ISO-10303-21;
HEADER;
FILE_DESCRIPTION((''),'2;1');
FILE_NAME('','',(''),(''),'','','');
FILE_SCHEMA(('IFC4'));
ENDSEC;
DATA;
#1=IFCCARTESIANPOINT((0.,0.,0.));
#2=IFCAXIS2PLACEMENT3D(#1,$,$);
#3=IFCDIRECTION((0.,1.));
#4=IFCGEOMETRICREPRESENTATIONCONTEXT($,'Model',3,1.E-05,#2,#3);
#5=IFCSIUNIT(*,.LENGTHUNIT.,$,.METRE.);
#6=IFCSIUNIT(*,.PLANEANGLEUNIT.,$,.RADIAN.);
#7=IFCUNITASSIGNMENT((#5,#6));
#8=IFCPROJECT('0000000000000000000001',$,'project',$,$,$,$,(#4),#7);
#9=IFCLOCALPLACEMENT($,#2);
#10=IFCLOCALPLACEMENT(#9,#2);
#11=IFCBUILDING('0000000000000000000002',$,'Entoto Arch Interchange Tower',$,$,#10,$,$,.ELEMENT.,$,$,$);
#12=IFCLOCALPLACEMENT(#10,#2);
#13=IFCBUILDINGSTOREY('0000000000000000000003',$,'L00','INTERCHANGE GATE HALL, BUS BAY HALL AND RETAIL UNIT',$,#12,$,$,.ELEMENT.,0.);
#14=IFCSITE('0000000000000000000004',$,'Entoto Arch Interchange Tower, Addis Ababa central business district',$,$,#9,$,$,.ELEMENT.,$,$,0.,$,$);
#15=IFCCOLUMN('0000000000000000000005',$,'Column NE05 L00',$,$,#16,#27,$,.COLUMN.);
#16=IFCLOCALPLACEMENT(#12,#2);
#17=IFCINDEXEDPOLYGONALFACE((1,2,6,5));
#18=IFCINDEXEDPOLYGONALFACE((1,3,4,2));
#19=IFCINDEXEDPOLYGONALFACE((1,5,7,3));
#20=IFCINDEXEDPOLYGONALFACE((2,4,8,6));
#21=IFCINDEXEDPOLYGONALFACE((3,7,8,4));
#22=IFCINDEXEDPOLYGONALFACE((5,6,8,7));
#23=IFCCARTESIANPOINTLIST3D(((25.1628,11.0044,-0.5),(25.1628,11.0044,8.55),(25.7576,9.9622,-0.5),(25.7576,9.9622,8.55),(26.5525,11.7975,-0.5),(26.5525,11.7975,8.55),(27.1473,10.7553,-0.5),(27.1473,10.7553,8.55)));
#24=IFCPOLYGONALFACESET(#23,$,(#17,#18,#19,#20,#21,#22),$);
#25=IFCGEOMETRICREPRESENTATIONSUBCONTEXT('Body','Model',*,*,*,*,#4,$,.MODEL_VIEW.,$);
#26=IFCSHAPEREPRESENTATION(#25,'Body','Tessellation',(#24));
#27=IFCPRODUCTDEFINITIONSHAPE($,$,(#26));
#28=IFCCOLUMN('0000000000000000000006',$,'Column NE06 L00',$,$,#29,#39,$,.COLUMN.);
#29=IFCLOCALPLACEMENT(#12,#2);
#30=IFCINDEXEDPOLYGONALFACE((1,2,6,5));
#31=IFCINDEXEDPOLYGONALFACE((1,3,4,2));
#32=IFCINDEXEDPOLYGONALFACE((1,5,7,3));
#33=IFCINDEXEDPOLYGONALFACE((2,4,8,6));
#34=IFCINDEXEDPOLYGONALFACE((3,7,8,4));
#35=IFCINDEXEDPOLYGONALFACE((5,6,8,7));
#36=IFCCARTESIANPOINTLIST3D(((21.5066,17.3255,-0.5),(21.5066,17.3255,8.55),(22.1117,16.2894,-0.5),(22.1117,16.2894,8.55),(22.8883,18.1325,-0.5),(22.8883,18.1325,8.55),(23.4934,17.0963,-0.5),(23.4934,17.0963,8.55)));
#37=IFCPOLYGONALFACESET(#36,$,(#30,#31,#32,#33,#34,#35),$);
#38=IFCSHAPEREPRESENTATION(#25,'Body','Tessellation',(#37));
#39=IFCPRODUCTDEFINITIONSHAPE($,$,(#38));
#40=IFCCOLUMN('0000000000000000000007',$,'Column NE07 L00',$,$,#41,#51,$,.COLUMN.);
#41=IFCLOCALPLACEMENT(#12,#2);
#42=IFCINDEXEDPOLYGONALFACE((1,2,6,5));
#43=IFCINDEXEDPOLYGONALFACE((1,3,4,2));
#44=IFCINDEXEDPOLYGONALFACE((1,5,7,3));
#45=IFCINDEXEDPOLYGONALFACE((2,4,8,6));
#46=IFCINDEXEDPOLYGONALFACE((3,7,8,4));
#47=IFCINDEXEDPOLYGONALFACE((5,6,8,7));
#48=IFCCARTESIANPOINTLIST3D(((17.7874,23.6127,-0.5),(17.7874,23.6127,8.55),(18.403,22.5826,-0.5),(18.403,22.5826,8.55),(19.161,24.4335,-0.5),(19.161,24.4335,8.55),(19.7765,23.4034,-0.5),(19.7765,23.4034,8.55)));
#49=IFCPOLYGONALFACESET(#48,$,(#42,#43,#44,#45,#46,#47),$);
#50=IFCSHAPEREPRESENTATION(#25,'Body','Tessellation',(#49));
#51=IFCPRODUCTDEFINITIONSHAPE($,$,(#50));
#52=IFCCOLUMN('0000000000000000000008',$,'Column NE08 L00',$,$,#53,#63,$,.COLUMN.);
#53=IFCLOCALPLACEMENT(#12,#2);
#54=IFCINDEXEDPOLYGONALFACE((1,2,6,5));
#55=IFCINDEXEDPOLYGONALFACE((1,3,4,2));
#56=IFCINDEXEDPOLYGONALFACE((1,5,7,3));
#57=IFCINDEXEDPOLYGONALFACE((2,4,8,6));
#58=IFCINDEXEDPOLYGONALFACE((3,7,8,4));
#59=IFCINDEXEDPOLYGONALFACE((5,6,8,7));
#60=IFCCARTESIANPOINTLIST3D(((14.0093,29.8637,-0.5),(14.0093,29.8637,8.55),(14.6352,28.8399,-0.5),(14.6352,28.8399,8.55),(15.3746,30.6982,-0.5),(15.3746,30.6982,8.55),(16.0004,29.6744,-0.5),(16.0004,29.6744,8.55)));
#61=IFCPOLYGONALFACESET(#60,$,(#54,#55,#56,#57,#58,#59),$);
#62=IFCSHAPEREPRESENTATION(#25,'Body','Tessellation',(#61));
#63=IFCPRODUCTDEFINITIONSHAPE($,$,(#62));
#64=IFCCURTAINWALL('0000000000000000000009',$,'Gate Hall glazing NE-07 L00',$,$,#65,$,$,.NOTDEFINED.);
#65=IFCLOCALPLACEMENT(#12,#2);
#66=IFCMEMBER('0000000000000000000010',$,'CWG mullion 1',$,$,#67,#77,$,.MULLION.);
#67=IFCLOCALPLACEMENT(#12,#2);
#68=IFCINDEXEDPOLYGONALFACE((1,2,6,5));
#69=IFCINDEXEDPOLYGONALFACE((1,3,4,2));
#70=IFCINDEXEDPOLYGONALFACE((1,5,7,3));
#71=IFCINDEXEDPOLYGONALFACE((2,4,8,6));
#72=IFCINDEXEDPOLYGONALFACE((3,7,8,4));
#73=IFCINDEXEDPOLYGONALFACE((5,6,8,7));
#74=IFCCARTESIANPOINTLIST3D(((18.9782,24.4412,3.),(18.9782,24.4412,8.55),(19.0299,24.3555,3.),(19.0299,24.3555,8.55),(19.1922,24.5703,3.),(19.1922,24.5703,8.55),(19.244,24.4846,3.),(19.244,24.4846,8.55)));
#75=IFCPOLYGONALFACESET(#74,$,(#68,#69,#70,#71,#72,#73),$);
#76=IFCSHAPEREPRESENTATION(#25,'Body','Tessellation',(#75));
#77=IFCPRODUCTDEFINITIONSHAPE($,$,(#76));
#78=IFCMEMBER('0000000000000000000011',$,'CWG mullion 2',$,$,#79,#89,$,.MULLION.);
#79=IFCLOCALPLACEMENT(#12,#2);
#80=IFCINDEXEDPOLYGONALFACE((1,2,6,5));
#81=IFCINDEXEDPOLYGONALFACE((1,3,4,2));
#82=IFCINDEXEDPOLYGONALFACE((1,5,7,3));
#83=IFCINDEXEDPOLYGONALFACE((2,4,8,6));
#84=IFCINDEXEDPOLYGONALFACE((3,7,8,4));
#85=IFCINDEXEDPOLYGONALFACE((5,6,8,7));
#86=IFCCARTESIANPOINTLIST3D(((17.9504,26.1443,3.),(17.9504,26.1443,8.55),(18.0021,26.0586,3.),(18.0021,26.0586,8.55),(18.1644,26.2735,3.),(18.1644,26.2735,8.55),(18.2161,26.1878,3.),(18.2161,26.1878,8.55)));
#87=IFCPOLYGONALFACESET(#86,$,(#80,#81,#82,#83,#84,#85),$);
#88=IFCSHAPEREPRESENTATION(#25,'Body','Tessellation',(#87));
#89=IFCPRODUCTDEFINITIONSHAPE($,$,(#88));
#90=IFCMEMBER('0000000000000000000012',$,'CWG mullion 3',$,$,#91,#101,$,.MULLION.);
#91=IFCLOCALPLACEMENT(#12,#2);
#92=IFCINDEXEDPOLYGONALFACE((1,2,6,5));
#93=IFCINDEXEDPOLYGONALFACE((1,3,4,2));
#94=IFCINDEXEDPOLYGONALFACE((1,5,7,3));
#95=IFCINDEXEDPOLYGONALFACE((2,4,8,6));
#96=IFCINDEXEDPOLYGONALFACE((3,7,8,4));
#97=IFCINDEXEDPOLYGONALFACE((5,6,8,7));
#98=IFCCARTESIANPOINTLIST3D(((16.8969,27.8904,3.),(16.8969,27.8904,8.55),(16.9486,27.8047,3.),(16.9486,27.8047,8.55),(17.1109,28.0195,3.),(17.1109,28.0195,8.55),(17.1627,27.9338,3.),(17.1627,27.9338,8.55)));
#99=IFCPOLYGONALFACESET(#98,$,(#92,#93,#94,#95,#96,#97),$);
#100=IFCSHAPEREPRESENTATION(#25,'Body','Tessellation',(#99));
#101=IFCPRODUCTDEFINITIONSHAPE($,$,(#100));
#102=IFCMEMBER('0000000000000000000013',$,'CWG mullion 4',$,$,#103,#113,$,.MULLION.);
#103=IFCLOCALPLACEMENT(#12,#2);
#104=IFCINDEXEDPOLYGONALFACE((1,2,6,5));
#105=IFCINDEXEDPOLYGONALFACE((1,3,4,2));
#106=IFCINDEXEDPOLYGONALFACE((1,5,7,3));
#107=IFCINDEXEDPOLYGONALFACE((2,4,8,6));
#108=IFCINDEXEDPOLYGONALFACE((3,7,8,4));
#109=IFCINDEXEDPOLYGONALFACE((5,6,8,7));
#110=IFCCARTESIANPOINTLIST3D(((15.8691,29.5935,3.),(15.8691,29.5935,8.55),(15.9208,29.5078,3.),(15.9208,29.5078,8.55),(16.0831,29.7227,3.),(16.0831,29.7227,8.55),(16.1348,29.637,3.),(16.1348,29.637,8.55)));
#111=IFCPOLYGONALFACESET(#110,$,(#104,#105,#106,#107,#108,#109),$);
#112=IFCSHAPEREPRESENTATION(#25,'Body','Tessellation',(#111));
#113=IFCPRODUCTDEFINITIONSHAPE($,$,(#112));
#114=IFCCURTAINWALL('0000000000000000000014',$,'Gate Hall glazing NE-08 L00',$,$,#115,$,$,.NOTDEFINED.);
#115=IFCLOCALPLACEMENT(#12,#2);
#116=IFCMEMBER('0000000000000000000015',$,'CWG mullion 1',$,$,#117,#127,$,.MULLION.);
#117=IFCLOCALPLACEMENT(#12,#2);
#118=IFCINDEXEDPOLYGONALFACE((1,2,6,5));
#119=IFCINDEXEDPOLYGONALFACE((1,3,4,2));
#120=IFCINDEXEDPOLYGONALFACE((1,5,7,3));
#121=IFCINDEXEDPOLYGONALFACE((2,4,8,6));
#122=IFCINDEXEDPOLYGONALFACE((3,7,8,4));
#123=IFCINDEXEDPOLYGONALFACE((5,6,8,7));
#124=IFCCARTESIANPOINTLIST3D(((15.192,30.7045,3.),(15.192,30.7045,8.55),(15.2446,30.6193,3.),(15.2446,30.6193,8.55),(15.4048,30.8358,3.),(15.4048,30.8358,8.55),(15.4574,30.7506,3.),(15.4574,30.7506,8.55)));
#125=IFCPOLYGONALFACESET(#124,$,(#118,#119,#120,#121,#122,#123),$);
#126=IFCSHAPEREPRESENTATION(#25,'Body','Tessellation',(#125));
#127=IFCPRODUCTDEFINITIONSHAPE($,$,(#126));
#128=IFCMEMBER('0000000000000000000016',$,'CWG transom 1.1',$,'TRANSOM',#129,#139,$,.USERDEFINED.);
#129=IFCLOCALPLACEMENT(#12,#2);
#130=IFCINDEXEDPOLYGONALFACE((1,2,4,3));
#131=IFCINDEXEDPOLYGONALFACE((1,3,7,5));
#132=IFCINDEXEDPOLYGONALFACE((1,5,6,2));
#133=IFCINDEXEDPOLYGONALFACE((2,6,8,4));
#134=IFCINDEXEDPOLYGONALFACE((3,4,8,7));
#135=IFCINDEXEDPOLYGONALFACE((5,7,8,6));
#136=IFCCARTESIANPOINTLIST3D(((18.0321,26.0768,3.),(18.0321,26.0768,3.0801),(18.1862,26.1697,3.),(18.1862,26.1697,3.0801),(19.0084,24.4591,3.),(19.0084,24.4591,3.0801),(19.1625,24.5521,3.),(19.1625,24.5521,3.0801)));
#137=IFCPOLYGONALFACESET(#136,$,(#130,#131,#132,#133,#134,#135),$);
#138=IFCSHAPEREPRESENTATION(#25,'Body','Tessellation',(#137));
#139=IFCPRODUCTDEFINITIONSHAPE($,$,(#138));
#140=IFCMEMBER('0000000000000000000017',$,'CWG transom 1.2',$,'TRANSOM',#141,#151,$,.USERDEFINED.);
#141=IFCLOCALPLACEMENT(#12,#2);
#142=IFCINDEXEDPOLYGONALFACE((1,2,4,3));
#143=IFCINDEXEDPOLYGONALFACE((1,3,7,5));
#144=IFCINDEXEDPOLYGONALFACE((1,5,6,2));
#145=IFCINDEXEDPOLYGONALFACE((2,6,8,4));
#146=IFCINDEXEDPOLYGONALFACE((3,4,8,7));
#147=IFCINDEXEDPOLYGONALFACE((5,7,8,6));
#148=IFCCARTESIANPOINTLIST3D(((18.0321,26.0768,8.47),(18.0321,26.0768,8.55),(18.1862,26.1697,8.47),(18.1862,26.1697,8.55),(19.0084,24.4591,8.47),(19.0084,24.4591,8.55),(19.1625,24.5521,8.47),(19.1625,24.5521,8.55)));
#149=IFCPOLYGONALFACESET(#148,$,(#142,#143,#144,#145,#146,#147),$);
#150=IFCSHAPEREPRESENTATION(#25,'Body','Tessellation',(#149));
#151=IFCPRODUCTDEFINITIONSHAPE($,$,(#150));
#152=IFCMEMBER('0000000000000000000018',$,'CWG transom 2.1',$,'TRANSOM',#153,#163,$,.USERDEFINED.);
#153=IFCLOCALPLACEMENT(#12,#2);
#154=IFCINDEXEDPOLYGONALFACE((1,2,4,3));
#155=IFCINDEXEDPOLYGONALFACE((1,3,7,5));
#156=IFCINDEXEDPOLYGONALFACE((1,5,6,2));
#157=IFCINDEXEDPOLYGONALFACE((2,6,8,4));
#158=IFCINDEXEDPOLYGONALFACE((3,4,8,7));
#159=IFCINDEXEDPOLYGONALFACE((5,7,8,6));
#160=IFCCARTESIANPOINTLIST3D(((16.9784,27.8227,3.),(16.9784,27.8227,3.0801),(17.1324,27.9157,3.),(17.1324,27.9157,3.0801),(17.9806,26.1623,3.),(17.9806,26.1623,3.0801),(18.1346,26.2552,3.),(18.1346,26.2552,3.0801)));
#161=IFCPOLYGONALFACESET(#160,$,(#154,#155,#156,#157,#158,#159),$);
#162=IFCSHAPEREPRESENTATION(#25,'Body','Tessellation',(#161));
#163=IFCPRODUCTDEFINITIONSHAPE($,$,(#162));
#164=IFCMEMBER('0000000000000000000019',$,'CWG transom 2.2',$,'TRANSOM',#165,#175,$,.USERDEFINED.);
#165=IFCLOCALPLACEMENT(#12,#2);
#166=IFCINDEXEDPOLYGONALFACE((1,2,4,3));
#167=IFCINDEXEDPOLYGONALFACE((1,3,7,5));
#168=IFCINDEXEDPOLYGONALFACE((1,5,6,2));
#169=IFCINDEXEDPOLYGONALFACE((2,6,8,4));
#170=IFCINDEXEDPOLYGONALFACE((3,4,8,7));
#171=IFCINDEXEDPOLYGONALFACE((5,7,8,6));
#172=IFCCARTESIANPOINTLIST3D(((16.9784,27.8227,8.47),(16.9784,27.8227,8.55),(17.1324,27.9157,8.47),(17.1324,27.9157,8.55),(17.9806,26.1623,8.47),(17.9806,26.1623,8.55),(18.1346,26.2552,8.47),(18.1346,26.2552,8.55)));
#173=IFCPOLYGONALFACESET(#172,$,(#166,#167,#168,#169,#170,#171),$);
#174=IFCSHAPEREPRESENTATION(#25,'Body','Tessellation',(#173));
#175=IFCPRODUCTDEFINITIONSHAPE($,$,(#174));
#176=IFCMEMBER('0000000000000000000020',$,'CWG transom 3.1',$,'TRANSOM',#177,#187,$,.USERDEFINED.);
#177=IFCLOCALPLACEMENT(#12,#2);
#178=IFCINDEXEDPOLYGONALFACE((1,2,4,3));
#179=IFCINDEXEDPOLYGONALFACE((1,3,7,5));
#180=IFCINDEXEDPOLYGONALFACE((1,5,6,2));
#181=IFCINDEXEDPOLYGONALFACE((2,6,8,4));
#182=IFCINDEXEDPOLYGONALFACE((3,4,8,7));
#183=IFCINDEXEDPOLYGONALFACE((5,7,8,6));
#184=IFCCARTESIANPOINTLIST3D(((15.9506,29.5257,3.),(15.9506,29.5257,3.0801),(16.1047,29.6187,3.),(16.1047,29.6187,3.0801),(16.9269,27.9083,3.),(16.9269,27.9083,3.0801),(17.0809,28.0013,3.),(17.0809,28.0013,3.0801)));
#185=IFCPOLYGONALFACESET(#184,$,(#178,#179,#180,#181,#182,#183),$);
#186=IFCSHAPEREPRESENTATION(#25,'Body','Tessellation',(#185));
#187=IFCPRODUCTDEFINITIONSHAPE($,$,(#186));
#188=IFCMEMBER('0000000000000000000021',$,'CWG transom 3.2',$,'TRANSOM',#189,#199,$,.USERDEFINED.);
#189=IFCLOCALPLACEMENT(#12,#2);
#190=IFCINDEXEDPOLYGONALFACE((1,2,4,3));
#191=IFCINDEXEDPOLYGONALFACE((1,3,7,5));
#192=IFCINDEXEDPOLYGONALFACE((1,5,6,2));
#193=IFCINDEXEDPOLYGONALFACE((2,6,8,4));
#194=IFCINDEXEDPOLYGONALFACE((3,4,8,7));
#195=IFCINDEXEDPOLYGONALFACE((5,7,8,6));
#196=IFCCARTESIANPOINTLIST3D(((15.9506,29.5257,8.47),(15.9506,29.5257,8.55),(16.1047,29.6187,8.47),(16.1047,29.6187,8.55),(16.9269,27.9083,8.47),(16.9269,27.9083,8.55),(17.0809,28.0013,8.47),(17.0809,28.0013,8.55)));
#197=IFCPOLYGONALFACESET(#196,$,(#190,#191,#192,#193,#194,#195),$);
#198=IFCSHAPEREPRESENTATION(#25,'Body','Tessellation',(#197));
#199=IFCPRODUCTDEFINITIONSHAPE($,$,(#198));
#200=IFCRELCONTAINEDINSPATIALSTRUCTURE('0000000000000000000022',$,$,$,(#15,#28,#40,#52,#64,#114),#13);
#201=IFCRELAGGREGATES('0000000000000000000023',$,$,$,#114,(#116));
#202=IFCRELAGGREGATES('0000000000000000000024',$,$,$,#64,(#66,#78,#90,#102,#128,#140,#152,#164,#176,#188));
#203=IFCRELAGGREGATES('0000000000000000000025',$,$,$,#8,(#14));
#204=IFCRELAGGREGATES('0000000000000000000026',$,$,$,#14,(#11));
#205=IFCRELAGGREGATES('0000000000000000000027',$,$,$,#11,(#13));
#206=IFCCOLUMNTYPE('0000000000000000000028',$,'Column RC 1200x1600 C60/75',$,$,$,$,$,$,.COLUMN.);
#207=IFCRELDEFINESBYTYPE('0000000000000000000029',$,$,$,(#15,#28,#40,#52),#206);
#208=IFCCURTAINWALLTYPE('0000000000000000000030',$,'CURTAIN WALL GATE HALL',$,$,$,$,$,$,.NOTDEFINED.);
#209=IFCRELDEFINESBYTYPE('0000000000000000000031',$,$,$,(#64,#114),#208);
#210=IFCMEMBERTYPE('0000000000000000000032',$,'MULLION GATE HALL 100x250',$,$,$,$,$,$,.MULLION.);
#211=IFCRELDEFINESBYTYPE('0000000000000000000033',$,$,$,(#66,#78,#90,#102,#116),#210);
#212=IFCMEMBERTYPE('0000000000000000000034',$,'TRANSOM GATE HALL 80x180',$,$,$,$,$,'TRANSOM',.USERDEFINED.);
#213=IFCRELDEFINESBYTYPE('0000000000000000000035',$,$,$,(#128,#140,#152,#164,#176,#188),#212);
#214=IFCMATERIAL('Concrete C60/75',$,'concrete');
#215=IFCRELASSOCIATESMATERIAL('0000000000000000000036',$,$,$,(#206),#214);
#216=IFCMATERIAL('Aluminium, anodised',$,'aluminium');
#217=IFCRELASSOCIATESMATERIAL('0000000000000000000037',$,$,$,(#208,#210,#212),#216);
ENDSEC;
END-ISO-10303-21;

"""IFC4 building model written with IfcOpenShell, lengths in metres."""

from ifc_helpers import new_model, si_unit, direction, frame, origin, origin_2d, place, context, subcontext, project, spatial, rectangle, extrude, material, material_profile, profile_set, type_object, element, aggregate, save


model = new_model("IFC4")

# Units and contexts
model_context = context("Model", 3, precision=1e-05, world=origin(), true_north=direction((0.0, 1.0)))
body_context = subcontext(model_context, "Body", "Model", "MODEL_VIEW")
ifc_project = project(units=[si_unit("LENGTHUNIT", "METRE"), si_unit("PLANEANGLEUNIT", "RADIAN")], contexts=[model_context])

# Site, building, storey
site_placement = place(None, origin())
site = spatial("IfcSite", under=ifc_project, at=site_placement, Name="Entoto Arch Interchange Tower, Addis Ababa central business district", CompositionType="ELEMENT", RefElevation=0.0)
building_placement = place(site_placement, origin())
building = spatial("IfcBuilding", under=site, at=building_placement, Name="Entoto Arch Interchange Tower", CompositionType="ELEMENT")
storey_placement = place(building_placement, origin())
storey = spatial("IfcBuildingStorey", under=building, at=storey_placement, Name="L00", Description="INTERCHANGE GATE HALL, BUS BAY HALL AND RETAIL UNIT", CompositionType="ELEMENT", Elevation=0.0)

# Columns
ifc_material_1 = material(Name="Concrete C60/75", Category="concrete")
ifc_material_profile_1 = material_profile(ifc_material_1, rectangle(XDim=1.2, YDim=1.6001, at=origin_2d()))
ifc_profile_set_1 = profile_set([ifc_material_profile_1], Name="Concrete C60/75")
column_type = type_object("IfcColumnType", Name="Column RC 1200x1600 C60/75", PredefinedType="COLUMN", material=ifc_profile_set_1)
for number, where, z_axis, x_axis, name in (
    (1, (26.155, 10.8799, -0.5), (0.0, 0.0, 1.0), (-0.495656, 0.868519, 0.0), "Column NE05 L00"),
    (2, (22.5, 17.2109, -0.5), (0.0, 0.0, 1.0), (-0.504332, 0.86351, 0.0), "Column NE06 L00"),
    (3, (18.782, 23.5081, -0.5), (0.0, 0.0, 1.0), (-0.512972, 0.858405, 0.0), "Column NE07 L00"),
    (4, (15.0049, 29.769, -0.5), (0.0, 0.0, 1.0), (-0.521546, 0.853223, 0.0), "Column NE08 L00"),
):
    element("IfcColumn", number, at=place(storey_placement, frame(where, z_axis=z_axis, x_axis=x_axis)), inside=storey, type_object=column_type, Name=name, PredefinedType="COLUMN", context=body_context, shape_type="SweptSolid", body=[
        extrude(rectangle(XDim=1.2, YDim=1.6001, at=origin_2d()), origin(), (0.0, 0.0, 1.0), 9.05),
    ])

# Curtain wall, members
ifc_material_2 = material(Name="Aluminium, anodised", Category="aluminium")
curtain_wall_type = type_object("IfcCurtainWallType", Name="CURTAIN WALL GATE HALL", PredefinedType="NOTDEFINED", material=ifc_material_2)
curtain_wall_1_placement = place(storey_placement, origin())
curtain_wall_1 = element("IfcCurtainWall", 5, at=curtain_wall_1_placement, inside=storey, type_object=curtain_wall_type, Name="Gate Hall glazing NE-07 L00", PredefinedType="NOTDEFINED")
ifc_material_profile_2 = material_profile(ifc_material_2, rectangle(XDim=0.25, YDim=0.1001, at=origin_2d()))
ifc_profile_set_2 = profile_set([ifc_material_profile_2], Name="Aluminium, anodised")
member_type_1 = type_object("IfcMemberType", Name="MULLION GATE HALL 100x250", PredefinedType="MULLION", material=ifc_profile_set_2)
member_1_placement = place(storey_placement, frame((19.1111, 24.4629, 3.0), z_axis=(0.0, 0.0, 1.0), x_axis=(-0.856178, -0.516681, 0.0)))
member_1 = element("IfcMember", 6, at=member_1_placement, type_object=member_type_1, Name="CWG mullion 1", PredefinedType="MULLION", context=body_context, shape_type="SweptSolid", body=[
    extrude(rectangle(XDim=0.25, YDim=0.1001, at=origin_2d()), origin(), (0.0, 0.0, 1.0), 5.55),
])
member_2_placement = place(storey_placement, frame((18.0833, 26.166, 3.0), z_axis=(0.0, 0.0, 1.0), x_axis=(-0.856178, -0.516681, 0.0)))
member_2 = element("IfcMember", 7, at=member_2_placement, type_object=member_type_1, Name="CWG mullion 2", PredefinedType="MULLION", context=body_context, shape_type="SweptSolid", body=[
    extrude(rectangle(XDim=0.25, YDim=0.1001, at=origin_2d()), origin(), (0.0, 0.0, 1.0), 5.55),
])
member_3_placement = place(storey_placement, frame((17.0298, 27.9121, 3.0), z_axis=(0.0, 0.0, 1.0), x_axis=(-0.856178, -0.516681, 0.0)))
member_3 = element("IfcMember", 8, at=member_3_placement, type_object=member_type_1, Name="CWG mullion 3", PredefinedType="MULLION", context=body_context, shape_type="SweptSolid", body=[
    extrude(rectangle(XDim=0.25, YDim=0.1001, at=origin_2d()), origin(), (0.0, 0.0, 1.0), 5.55),
])
member_4_placement = place(storey_placement, frame((16.002, 29.6152, 3.0), z_axis=(0.0, 0.0, 1.0), x_axis=(-0.856178, -0.516681, 0.0)))
member_4 = element("IfcMember", 9, at=member_4_placement, type_object=member_type_1, Name="CWG mullion 4", PredefinedType="MULLION", context=body_context, shape_type="SweptSolid", body=[
    extrude(rectangle(XDim=0.25, YDim=0.1001, at=origin_2d()), origin(), (0.0, 0.0, 1.0), 5.55),
])

# Curtain wall, member
curtain_wall_2_placement = place(storey_placement, origin())
curtain_wall_2 = element("IfcCurtainWall", 10, at=curtain_wall_2_placement, inside=storey, type_object=curtain_wall_type, Name="Gate Hall glazing NE-08 L00", PredefinedType="NOTDEFINED")
member_5_placement = place(storey_placement, frame((15.3247, 30.7275, 3.0), z_axis=(0.0, 0.0, 1.0), x_axis=(-0.851097, -0.525009, 0.0)))
member_5 = element("IfcMember", 11, at=member_5_placement, type_object=member_type_1, Name="CWG mullion 1", PredefinedType="MULLION", context=body_context, shape_type="SweptSolid", body=[
    extrude(rectangle(XDim=0.25, YDim=0.1001, at=origin_2d()), origin(), (0.0, 0.0, 1.0), 5.55),
])

# Members
ifc_material_profile_3 = material_profile(ifc_material_2, rectangle(XDim=0.1799, YDim=0.0801, at=origin_2d()))
ifc_profile_set_3 = profile_set([ifc_material_profile_3], Name="Aluminium, anodised")
member_type_2 = type_object("IfcMemberType", Name="TRANSOM GATE HALL 80x180", ElementType="TRANSOM", PredefinedType="USERDEFINED", material=ifc_profile_set_3)
member_6_placement = place(storey_placement, frame((19.0854, 24.5056, 3.04), z_axis=(-0.516717, 0.856156, 0.0), x_axis=(-0.856156, -0.516717, 0.0)))
member_6 = element("IfcMember", 12, at=member_6_placement, type_object=member_type_2, Name="CWG transom 1.1", ObjectType="TRANSOM", PredefinedType="USERDEFINED", context=body_context, shape_type="SweptSolid", body=[
    extrude(rectangle(XDim=0.1799, YDim=0.0801, at=origin_2d()), origin(), (0.0, 0.0, 1.0), 1.8894),
])
member_7_placement = place(storey_placement, frame((19.0854, 24.5056, 8.51), z_axis=(-0.516717, 0.856156, 0.0), x_axis=(-0.856156, -0.516717, 0.0)))
member_7 = element("IfcMember", 13, at=member_7_placement, type_object=member_type_2, Name="CWG transom 1.2", ObjectType="TRANSOM", PredefinedType="USERDEFINED", context=body_context, shape_type="SweptSolid", body=[
    extrude(rectangle(XDim=0.1799, YDim=0.0801, at=origin_2d()), origin(), (0.0, 0.0, 1.0), 1.8894),
])
member_8_placement = place(storey_placement, frame((18.0576, 26.2087, 3.04), z_axis=(-0.516752, 0.856135, 0.0), x_axis=(-0.856135, -0.516752, 0.0)))
member_8 = element("IfcMember", 14, at=member_8_placement, type_object=member_type_2, Name="CWG transom 2.1", ObjectType="TRANSOM", PredefinedType="USERDEFINED", context=body_context, shape_type="SweptSolid", body=[
    extrude(rectangle(XDim=0.1799, YDim=0.0801, at=origin_2d()), origin(), (0.0, 0.0, 1.0), 1.9395),
])
member_9_placement = place(storey_placement, frame((18.0576, 26.2087, 8.51), z_axis=(-0.516752, 0.856135, 0.0), x_axis=(-0.856135, -0.516752, 0.0)))
member_9 = element("IfcMember", 15, at=member_9_placement, type_object=member_type_2, Name="CWG transom 2.2", ObjectType="TRANSOM", PredefinedType="USERDEFINED", context=body_context, shape_type="SweptSolid", body=[
    extrude(rectangle(XDim=0.1799, YDim=0.0801, at=origin_2d()), origin(), (0.0, 0.0, 1.0), 1.9395),
])
member_10_placement = place(storey_placement, frame((17.0039, 27.9548, 3.04), z_axis=(-0.516774, 0.856122, 0.0), x_axis=(-0.856122, -0.516774, 0.0)))
member_10 = element("IfcMember", 16, at=member_10_placement, type_object=member_type_2, Name="CWG transom 3.1", ObjectType="TRANSOM", PredefinedType="USERDEFINED", context=body_context, shape_type="SweptSolid", body=[
    extrude(rectangle(XDim=0.1799, YDim=0.0801, at=origin_2d()), origin(), (0.0, 0.0, 1.0), 1.8892),
])
member_11_placement = place(storey_placement, frame((17.0039, 27.9548, 8.51), z_axis=(-0.516774, 0.856122, 0.0), x_axis=(-0.856122, -0.516774, 0.0)))
member_11 = element("IfcMember", 17, at=member_11_placement, type_object=member_type_2, Name="CWG transom 3.2", ObjectType="TRANSOM", PredefinedType="USERDEFINED", context=body_context, shape_type="SweptSolid", body=[
    extrude(rectangle(XDim=0.1799, YDim=0.0801, at=origin_2d()), origin(), (0.0, 0.0, 1.0), 1.8892),
])
aggregate(curtain_wall_2, [member_5])

aggregate(curtain_wall_1, [member_1, member_2, member_3, member_4, member_6, member_7, member_8, member_9, member_10, member_11])

save(model, "model.ifc")
